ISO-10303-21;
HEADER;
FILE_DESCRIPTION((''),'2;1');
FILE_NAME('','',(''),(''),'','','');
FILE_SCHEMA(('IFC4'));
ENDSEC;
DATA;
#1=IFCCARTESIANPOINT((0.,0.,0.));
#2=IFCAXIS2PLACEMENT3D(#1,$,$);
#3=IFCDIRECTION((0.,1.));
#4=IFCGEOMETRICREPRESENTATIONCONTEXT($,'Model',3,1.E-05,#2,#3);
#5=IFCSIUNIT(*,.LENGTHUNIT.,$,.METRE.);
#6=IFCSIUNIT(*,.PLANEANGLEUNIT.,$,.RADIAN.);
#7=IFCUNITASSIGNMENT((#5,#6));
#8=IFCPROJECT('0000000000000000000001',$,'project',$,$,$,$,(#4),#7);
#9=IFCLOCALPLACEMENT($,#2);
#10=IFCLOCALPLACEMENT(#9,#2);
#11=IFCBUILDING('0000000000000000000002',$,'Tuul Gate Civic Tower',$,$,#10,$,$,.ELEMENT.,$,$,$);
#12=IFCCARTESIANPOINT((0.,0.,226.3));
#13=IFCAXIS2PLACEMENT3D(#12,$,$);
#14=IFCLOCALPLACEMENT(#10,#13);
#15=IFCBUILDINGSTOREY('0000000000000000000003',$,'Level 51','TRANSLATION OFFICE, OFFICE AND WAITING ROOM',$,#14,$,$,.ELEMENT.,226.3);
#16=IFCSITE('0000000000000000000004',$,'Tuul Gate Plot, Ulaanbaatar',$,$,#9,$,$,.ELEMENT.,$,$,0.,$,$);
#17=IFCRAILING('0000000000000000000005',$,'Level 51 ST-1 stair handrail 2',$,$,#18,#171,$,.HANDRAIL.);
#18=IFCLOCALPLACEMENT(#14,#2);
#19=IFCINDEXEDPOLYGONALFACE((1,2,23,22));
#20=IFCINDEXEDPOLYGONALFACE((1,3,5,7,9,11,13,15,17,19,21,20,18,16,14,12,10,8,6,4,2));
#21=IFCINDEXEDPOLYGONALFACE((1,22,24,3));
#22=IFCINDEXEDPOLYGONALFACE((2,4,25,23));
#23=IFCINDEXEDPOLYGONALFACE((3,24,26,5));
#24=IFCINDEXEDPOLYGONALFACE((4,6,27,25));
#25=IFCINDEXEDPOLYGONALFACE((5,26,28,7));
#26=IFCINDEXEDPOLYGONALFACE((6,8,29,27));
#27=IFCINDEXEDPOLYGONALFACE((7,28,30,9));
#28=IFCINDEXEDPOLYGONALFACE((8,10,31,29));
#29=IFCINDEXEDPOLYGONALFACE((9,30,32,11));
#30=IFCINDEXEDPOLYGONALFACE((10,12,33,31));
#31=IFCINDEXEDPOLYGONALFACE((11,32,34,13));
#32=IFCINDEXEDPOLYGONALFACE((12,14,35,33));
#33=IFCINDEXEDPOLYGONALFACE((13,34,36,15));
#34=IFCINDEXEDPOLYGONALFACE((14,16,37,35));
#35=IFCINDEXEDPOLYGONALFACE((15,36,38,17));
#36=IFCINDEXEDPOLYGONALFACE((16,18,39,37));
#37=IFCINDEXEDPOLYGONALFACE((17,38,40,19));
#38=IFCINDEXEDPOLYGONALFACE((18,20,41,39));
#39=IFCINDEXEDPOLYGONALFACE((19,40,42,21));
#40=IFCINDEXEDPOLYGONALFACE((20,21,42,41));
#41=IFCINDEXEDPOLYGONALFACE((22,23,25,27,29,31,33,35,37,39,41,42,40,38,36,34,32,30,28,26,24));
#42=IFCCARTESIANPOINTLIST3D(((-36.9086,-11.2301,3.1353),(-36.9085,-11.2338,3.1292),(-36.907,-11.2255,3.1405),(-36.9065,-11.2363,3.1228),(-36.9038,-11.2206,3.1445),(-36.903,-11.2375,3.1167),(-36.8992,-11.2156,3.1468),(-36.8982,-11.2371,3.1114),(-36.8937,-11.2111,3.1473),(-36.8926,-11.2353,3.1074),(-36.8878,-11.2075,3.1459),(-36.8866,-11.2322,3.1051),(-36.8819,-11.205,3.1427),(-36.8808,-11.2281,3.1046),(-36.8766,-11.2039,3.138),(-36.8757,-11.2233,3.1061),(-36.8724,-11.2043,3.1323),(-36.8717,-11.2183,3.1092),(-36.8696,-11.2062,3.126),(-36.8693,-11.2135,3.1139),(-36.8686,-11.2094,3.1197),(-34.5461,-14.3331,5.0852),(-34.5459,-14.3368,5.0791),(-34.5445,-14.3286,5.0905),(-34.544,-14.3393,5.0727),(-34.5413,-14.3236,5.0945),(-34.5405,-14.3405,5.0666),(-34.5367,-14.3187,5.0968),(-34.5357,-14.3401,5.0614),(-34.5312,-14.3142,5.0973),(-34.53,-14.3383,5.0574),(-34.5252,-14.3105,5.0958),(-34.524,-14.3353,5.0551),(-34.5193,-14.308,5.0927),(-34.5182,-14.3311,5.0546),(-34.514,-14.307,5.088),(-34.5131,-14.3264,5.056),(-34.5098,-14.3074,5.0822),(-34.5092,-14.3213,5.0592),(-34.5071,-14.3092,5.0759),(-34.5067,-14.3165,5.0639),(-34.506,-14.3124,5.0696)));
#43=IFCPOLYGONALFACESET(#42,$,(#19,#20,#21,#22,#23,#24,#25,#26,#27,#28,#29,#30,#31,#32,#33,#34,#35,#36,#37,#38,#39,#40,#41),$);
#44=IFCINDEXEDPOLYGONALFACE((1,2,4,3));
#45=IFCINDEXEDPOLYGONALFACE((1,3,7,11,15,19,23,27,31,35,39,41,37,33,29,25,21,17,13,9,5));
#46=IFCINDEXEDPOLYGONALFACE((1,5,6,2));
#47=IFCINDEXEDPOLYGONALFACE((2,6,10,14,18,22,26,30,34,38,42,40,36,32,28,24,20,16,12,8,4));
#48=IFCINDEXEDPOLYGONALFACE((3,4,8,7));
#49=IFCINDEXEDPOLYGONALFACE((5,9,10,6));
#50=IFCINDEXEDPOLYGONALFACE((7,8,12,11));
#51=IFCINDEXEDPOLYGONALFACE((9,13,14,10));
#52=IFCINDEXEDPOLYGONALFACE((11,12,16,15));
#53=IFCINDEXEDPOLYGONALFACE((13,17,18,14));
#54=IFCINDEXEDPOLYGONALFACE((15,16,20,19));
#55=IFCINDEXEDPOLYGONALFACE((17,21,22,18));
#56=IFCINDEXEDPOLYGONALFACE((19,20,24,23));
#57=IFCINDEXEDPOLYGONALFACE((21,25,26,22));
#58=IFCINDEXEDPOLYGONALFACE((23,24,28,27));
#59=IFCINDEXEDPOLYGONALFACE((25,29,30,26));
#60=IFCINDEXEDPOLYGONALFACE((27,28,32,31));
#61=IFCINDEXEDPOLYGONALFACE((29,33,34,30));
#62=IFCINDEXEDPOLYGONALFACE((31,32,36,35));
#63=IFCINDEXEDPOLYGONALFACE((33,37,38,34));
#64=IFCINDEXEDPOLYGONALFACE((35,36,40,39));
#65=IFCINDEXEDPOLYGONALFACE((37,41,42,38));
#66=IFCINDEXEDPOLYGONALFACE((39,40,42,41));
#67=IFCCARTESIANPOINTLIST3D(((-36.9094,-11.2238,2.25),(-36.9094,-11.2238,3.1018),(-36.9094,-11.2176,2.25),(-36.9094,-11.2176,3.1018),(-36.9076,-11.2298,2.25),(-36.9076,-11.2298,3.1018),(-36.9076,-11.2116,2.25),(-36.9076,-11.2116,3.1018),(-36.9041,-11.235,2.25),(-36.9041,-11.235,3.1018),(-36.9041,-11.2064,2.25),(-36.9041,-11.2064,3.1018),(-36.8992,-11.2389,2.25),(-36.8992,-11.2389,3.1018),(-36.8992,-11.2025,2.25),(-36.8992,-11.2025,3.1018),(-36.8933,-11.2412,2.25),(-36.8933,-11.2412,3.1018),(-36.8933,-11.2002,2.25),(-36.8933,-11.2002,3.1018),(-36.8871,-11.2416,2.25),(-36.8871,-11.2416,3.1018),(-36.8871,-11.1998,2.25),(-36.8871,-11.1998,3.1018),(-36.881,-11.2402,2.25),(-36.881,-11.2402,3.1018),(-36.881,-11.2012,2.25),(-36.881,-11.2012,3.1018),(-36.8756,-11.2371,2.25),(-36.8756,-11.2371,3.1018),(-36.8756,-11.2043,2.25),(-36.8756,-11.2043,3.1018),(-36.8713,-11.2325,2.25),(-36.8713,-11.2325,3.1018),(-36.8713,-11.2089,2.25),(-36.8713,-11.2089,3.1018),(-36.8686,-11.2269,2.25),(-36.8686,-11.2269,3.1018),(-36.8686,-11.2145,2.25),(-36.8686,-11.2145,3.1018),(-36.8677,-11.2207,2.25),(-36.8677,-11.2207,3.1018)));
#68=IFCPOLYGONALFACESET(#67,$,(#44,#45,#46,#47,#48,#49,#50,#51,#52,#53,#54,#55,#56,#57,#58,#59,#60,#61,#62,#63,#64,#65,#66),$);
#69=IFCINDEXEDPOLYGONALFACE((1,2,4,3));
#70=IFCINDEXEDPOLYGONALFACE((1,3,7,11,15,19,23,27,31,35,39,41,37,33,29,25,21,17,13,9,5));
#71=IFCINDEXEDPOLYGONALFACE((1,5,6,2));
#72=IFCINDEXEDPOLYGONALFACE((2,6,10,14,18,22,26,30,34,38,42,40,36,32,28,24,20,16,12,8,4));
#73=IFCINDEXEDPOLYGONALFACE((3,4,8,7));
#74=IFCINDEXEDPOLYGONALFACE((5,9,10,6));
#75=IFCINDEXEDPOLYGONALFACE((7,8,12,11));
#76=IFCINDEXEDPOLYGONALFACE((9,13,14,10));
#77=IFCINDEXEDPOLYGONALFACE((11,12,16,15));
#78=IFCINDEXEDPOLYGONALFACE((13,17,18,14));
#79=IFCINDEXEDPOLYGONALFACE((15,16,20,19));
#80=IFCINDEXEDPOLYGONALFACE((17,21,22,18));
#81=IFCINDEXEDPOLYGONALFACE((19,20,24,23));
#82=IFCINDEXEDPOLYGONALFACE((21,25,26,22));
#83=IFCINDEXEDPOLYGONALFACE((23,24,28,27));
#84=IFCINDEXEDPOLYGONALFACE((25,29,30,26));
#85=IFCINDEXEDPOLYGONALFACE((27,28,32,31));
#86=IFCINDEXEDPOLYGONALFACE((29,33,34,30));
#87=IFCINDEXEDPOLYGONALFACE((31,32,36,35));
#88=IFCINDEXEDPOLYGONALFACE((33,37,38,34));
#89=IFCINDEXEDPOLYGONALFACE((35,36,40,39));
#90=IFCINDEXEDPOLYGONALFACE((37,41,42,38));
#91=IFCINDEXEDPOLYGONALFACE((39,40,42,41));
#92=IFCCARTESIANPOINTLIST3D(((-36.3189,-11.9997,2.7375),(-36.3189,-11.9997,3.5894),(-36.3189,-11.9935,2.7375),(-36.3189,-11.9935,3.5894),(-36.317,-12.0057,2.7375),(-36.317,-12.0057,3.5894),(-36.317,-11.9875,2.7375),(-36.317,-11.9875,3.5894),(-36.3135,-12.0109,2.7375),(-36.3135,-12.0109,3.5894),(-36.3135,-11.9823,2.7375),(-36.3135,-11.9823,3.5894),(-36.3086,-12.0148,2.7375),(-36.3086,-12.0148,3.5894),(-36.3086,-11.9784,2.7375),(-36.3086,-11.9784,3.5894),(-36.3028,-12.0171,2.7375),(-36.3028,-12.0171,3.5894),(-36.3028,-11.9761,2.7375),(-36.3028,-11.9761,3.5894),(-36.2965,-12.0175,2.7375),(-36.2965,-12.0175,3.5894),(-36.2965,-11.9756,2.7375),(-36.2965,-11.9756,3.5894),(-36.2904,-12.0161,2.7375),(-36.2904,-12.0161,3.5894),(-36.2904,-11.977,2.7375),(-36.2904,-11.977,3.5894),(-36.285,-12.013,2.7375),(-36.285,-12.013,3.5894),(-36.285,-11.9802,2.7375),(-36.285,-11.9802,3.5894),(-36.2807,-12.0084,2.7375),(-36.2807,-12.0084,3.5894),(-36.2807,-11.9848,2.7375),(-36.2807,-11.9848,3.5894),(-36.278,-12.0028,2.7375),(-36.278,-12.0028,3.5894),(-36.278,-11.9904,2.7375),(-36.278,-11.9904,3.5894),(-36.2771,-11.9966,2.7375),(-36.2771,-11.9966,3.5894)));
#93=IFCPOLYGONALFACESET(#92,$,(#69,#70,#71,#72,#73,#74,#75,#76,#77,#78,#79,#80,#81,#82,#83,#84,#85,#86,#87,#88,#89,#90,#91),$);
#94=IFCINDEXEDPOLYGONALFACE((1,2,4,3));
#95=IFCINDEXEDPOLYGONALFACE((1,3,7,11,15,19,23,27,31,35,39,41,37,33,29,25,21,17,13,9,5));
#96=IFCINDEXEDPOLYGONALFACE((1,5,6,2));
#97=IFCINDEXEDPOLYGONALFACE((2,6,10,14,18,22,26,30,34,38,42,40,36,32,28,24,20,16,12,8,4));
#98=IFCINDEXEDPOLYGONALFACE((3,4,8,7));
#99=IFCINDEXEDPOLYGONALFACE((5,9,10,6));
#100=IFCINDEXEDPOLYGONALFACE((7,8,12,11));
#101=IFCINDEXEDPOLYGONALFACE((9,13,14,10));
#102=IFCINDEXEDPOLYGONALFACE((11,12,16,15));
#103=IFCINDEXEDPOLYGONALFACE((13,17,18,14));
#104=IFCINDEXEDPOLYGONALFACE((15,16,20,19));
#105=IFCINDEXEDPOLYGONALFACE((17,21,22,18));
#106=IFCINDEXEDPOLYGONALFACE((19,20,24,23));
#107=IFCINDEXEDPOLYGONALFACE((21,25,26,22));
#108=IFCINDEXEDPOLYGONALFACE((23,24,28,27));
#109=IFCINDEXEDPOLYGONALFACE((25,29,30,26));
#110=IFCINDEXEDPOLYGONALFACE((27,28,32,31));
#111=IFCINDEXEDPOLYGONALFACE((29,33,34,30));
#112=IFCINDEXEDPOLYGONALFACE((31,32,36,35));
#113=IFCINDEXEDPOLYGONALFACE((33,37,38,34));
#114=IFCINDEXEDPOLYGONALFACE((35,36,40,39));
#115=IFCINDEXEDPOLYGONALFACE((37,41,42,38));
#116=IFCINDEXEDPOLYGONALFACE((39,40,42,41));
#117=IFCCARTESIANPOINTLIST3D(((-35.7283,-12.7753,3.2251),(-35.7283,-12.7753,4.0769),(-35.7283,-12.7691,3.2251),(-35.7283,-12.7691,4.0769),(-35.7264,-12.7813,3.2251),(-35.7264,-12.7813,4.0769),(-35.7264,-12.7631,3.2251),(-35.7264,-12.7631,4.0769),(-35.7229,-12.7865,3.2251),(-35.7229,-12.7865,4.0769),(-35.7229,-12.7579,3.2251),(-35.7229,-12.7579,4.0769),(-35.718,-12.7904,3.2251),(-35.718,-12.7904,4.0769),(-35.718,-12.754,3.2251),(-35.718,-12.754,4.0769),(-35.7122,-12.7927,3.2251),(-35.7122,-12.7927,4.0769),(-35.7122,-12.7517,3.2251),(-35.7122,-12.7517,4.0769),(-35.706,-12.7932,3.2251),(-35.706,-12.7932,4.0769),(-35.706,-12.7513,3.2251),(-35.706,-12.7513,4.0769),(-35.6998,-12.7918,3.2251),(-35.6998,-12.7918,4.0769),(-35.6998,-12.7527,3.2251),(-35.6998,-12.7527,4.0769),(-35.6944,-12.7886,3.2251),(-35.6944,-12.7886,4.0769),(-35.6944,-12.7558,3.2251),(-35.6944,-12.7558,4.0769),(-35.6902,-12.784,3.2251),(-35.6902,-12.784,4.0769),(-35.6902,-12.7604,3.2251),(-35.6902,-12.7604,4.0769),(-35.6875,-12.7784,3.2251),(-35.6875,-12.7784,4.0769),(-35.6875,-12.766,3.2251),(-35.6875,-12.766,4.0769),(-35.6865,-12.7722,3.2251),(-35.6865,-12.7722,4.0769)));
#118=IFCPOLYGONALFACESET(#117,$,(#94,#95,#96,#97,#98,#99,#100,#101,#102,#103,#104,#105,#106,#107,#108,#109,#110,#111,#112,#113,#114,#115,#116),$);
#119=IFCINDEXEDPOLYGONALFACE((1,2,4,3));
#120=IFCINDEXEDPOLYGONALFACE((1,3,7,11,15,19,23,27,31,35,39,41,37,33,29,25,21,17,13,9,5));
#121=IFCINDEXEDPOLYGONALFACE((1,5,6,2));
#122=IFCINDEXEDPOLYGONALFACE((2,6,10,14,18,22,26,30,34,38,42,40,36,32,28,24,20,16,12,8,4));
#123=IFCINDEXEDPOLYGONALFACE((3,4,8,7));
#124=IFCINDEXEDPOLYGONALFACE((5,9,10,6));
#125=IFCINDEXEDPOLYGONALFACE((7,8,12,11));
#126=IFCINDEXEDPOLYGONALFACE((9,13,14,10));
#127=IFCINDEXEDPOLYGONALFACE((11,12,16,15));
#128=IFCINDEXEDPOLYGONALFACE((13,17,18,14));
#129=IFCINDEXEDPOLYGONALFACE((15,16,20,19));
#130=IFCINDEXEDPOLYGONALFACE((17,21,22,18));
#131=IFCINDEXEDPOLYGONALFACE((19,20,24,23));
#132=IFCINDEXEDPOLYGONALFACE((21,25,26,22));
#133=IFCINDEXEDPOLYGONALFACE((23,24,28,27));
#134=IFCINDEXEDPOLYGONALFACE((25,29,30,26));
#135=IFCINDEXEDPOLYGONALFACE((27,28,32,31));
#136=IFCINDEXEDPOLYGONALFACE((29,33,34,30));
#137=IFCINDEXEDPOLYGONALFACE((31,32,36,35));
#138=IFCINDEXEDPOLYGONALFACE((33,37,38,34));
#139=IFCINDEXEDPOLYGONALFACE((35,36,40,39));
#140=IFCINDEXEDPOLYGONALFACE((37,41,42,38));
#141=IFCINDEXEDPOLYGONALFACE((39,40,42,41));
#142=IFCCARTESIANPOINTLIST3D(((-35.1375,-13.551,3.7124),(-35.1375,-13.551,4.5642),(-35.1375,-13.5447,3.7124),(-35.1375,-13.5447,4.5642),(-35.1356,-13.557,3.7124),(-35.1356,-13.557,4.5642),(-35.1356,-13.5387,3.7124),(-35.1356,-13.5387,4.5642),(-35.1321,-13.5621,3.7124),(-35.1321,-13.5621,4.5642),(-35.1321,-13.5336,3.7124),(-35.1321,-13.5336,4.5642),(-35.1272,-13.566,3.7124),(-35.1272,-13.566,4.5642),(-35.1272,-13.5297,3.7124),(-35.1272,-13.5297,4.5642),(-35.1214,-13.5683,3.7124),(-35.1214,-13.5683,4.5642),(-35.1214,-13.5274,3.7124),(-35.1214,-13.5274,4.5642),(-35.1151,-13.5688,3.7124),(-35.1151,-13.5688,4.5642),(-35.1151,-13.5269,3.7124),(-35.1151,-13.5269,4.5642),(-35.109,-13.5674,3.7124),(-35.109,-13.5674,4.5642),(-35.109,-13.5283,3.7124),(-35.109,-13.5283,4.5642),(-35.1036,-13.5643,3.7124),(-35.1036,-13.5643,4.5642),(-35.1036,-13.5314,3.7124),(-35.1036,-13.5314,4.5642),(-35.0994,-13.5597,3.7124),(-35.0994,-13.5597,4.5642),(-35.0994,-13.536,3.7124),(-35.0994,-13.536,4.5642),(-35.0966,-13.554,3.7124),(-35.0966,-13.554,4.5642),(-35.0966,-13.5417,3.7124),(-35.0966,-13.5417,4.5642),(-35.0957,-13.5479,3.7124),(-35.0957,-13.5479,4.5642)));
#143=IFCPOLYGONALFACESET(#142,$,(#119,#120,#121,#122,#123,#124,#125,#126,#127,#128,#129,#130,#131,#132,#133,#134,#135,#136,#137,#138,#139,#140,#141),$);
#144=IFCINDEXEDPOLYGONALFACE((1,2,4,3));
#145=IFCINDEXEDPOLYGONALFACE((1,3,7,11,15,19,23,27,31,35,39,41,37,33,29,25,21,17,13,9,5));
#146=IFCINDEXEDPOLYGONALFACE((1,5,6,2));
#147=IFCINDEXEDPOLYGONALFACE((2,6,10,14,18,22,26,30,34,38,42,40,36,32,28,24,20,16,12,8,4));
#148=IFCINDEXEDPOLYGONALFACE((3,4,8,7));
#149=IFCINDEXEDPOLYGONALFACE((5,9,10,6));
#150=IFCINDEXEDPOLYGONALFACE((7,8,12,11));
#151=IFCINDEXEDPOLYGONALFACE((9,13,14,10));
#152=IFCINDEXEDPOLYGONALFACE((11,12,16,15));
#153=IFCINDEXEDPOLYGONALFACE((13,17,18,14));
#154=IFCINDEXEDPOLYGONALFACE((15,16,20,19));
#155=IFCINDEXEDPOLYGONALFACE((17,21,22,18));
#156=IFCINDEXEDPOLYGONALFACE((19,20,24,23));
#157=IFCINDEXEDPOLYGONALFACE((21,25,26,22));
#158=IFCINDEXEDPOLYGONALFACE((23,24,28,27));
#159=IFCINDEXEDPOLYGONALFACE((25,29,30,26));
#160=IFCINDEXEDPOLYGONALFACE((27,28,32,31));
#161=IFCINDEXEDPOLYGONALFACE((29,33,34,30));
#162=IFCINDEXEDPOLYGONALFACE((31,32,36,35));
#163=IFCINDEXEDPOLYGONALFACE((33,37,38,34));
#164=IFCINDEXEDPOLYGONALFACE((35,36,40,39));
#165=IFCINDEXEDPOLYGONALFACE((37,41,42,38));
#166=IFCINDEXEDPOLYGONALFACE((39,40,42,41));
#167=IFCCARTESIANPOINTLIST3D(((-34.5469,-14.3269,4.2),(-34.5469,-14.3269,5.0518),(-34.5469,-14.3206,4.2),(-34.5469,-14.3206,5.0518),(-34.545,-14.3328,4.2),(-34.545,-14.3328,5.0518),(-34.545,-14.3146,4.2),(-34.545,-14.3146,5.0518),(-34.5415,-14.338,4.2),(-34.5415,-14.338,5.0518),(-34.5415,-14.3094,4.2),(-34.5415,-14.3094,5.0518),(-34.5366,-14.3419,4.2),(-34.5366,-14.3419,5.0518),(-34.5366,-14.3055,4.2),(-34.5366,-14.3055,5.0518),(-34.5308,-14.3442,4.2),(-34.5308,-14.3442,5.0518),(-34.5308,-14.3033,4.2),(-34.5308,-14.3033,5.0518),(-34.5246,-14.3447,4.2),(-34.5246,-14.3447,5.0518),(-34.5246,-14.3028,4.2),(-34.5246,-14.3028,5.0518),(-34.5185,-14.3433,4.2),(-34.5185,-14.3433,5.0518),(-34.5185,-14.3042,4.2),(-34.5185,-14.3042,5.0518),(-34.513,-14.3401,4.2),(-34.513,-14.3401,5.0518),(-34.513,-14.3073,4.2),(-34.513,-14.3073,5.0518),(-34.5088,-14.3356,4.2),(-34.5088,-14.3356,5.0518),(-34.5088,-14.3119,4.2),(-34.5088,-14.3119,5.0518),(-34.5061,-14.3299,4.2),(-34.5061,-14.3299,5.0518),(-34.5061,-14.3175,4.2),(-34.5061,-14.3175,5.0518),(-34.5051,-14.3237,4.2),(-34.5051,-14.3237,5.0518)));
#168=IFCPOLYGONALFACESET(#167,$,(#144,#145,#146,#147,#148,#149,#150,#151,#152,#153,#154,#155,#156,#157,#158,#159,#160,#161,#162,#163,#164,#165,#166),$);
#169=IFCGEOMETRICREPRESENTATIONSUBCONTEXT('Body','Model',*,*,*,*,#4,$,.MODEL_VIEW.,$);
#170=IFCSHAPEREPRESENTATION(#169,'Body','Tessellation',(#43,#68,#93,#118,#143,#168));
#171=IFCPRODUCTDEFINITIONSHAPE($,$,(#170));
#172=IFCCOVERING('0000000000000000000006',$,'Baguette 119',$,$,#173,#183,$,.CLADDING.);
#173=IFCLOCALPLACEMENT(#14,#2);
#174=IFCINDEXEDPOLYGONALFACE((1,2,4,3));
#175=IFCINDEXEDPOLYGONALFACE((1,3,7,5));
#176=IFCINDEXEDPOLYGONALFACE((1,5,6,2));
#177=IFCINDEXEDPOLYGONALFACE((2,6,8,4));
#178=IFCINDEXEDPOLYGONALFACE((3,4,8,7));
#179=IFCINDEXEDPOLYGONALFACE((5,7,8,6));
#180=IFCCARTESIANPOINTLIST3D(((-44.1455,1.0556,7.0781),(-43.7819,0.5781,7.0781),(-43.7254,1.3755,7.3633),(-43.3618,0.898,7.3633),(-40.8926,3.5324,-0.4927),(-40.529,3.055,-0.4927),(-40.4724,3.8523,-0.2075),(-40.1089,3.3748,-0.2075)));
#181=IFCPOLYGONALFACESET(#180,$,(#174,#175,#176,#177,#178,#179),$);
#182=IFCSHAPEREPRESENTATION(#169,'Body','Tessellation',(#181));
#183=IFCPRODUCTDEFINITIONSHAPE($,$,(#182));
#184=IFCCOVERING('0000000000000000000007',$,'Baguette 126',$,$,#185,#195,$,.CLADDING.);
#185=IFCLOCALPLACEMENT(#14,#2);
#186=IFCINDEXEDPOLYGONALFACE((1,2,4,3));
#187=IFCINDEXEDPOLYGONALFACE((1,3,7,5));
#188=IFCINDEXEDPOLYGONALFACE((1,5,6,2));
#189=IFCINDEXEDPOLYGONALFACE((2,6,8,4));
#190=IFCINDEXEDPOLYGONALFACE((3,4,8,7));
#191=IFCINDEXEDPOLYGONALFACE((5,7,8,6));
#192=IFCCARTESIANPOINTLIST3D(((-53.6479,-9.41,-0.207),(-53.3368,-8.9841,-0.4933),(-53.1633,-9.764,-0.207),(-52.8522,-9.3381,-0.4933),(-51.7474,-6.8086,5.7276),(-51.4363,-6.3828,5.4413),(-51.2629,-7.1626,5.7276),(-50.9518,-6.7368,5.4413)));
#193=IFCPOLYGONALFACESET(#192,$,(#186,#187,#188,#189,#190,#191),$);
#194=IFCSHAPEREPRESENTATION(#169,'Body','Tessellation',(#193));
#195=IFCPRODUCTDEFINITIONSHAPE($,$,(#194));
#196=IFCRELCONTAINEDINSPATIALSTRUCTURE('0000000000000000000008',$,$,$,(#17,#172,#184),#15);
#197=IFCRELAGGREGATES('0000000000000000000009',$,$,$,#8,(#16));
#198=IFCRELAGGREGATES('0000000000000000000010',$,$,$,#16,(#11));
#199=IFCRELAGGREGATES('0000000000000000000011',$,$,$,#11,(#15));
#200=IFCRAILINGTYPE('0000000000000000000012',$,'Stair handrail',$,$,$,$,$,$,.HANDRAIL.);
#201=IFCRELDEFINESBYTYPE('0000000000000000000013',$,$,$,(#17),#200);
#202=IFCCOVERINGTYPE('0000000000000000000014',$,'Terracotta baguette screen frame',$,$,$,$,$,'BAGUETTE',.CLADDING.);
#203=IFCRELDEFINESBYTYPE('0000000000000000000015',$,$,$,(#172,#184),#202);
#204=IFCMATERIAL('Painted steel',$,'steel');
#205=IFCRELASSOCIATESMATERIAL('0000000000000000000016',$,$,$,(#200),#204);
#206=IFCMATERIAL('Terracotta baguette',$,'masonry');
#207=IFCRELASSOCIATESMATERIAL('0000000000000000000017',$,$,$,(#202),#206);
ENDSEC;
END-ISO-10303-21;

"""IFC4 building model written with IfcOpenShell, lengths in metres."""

from ifc_helpers import new_model, si_unit, direction, frame, origin, origin_2d, place, context, subcontext, project, spatial, rectangle, circle, extrude, material, material_profile, profile_set, type_object, element, save


model = new_model("IFC4")

# Units and contexts
model_context = context("Model", 3, precision=1e-05, world=origin(), true_north=direction((0.0, 1.0)))
body_context = subcontext(model_context, "Body", "Model", "MODEL_VIEW")
ifc_project = project(units=[si_unit("LENGTHUNIT", "METRE"), si_unit("PLANEANGLEUNIT", "RADIAN")], contexts=[model_context])

# Site, building, storey
site_placement = place(None, origin())
site = spatial("IfcSite", under=ifc_project, at=site_placement, Name="Tuul Gate Plot, Ulaanbaatar", CompositionType="ELEMENT", RefElevation=0.0)
building_placement = place(site_placement, origin())
building = spatial("IfcBuilding", under=site, at=building_placement, Name="Tuul Gate Civic Tower", CompositionType="ELEMENT")
storey_placement = place(building_placement, frame((0.0, 0.0, 226.3)))
storey = spatial("IfcBuildingStorey", under=building, at=storey_placement, Name="Level 51", Description="TRANSLATION OFFICE, OFFICE AND WAITING ROOM", CompositionType="ELEMENT", Elevation=226.3)

# Railing
ifc_material_1 = material(Name="Painted steel", Category="steel")
railing_type = type_object("IfcRailingType", Name="Stair handrail", PredefinedType="HANDRAIL", material=ifc_material_1)
railing_placement = place(storey_placement, frame((-36.8887, -11.2207, 2.25)))
element("IfcRailing", 1, at=railing_placement, inside=storey, type_object=railing_type, Name="Level 51 ST-1 stair handrail 2", PredefinedType="HANDRAIL", context=body_context, shape_type="SweptSolid", body=[
    extrude(circle(Radius=0.0239, at=origin_2d()), frame((0.0, 0.0, 0.876), z_axis=(0.541824, -0.711645, 0.4472), x_axis=(0.795637, 0.605773, 0.0)), (0.0, 0.0, 1.0), 4.3604),
    extrude(circle(Radius=0.021, at=origin_2d()), origin(), (0.0, 0.0, 1.0), 0.8518),
    extrude(circle(Radius=0.021, at=origin_2d()), frame((0.5906, -0.7759, 0.4875)), (0.0, 0.0, 1.0), 0.8518),
    extrude(circle(Radius=0.021, at=origin_2d()), frame((1.1812, -1.5515, 0.9751)), (0.0, 0.0, 1.0), 0.8518),
    extrude(circle(Radius=0.021, at=origin_2d()), frame((1.772, -2.3271, 1.4624)), (0.0, 0.0, 1.0), 0.8518),
    extrude(circle(Radius=0.021, at=origin_2d()), frame((2.3625, -3.103, 1.95)), (0.0, 0.0, 1.0), 0.8518),
])

# Coverings
ifc_material_2 = material(Name="Terracotta baguette", Category="masonry")
ifc_material_profile_1 = material_profile(ifc_material_2, rectangle(XDim=0.6001, YDim=0.6001, at=origin_2d()), Name="Terracotta baguette screen frame")
ifc_profile_set_1 = profile_set([ifc_material_profile_1], Name="Terracotta baguette")
covering_type = type_object("IfcCoveringType", Name="Terracotta baguette screen frame", ElementType="BAGUETTE", PredefinedType="CLADDING", material=ifc_profile_set_1)
covering_1_placement = place(storey_placement, frame((-43.7537, 0.9768, 7.2207), z_axis=(0.378061, 0.287858, -0.879891), x_axis=(-0.605793, 0.795622, 0.0)))
element("IfcCovering", 2, at=covering_1_placement, inside=storey, type_object=covering_type, Name="Baguette 119", PredefinedType="CLADDING", context=body_context, shape_type="SweptSolid", body=[
    extrude(rectangle(XDim=0.6001, YDim=0.6001, at=origin_2d()), origin(), (0.0, 0.0, 1.0), 8.6042),
])
covering_2_placement = place(storey_placement, frame((-51.3496, -6.7727, 5.5845), z_axis=(-0.281431, -0.385233, -0.878858), x_axis=(0.807476, -0.589901, 0.0)))
element("IfcCovering", 3, at=covering_2_placement, inside=storey, type_object=covering_type, Name="Baguette 126", PredefinedType="CLADDING", context=body_context, shape_type="SweptSolid", body=[
    extrude(rectangle(XDim=0.6001, YDim=0.6001, at=origin_2d()), origin(), (0.0, 0.0, 1.0), 6.7527),
])

save(model, "model.ifc")
